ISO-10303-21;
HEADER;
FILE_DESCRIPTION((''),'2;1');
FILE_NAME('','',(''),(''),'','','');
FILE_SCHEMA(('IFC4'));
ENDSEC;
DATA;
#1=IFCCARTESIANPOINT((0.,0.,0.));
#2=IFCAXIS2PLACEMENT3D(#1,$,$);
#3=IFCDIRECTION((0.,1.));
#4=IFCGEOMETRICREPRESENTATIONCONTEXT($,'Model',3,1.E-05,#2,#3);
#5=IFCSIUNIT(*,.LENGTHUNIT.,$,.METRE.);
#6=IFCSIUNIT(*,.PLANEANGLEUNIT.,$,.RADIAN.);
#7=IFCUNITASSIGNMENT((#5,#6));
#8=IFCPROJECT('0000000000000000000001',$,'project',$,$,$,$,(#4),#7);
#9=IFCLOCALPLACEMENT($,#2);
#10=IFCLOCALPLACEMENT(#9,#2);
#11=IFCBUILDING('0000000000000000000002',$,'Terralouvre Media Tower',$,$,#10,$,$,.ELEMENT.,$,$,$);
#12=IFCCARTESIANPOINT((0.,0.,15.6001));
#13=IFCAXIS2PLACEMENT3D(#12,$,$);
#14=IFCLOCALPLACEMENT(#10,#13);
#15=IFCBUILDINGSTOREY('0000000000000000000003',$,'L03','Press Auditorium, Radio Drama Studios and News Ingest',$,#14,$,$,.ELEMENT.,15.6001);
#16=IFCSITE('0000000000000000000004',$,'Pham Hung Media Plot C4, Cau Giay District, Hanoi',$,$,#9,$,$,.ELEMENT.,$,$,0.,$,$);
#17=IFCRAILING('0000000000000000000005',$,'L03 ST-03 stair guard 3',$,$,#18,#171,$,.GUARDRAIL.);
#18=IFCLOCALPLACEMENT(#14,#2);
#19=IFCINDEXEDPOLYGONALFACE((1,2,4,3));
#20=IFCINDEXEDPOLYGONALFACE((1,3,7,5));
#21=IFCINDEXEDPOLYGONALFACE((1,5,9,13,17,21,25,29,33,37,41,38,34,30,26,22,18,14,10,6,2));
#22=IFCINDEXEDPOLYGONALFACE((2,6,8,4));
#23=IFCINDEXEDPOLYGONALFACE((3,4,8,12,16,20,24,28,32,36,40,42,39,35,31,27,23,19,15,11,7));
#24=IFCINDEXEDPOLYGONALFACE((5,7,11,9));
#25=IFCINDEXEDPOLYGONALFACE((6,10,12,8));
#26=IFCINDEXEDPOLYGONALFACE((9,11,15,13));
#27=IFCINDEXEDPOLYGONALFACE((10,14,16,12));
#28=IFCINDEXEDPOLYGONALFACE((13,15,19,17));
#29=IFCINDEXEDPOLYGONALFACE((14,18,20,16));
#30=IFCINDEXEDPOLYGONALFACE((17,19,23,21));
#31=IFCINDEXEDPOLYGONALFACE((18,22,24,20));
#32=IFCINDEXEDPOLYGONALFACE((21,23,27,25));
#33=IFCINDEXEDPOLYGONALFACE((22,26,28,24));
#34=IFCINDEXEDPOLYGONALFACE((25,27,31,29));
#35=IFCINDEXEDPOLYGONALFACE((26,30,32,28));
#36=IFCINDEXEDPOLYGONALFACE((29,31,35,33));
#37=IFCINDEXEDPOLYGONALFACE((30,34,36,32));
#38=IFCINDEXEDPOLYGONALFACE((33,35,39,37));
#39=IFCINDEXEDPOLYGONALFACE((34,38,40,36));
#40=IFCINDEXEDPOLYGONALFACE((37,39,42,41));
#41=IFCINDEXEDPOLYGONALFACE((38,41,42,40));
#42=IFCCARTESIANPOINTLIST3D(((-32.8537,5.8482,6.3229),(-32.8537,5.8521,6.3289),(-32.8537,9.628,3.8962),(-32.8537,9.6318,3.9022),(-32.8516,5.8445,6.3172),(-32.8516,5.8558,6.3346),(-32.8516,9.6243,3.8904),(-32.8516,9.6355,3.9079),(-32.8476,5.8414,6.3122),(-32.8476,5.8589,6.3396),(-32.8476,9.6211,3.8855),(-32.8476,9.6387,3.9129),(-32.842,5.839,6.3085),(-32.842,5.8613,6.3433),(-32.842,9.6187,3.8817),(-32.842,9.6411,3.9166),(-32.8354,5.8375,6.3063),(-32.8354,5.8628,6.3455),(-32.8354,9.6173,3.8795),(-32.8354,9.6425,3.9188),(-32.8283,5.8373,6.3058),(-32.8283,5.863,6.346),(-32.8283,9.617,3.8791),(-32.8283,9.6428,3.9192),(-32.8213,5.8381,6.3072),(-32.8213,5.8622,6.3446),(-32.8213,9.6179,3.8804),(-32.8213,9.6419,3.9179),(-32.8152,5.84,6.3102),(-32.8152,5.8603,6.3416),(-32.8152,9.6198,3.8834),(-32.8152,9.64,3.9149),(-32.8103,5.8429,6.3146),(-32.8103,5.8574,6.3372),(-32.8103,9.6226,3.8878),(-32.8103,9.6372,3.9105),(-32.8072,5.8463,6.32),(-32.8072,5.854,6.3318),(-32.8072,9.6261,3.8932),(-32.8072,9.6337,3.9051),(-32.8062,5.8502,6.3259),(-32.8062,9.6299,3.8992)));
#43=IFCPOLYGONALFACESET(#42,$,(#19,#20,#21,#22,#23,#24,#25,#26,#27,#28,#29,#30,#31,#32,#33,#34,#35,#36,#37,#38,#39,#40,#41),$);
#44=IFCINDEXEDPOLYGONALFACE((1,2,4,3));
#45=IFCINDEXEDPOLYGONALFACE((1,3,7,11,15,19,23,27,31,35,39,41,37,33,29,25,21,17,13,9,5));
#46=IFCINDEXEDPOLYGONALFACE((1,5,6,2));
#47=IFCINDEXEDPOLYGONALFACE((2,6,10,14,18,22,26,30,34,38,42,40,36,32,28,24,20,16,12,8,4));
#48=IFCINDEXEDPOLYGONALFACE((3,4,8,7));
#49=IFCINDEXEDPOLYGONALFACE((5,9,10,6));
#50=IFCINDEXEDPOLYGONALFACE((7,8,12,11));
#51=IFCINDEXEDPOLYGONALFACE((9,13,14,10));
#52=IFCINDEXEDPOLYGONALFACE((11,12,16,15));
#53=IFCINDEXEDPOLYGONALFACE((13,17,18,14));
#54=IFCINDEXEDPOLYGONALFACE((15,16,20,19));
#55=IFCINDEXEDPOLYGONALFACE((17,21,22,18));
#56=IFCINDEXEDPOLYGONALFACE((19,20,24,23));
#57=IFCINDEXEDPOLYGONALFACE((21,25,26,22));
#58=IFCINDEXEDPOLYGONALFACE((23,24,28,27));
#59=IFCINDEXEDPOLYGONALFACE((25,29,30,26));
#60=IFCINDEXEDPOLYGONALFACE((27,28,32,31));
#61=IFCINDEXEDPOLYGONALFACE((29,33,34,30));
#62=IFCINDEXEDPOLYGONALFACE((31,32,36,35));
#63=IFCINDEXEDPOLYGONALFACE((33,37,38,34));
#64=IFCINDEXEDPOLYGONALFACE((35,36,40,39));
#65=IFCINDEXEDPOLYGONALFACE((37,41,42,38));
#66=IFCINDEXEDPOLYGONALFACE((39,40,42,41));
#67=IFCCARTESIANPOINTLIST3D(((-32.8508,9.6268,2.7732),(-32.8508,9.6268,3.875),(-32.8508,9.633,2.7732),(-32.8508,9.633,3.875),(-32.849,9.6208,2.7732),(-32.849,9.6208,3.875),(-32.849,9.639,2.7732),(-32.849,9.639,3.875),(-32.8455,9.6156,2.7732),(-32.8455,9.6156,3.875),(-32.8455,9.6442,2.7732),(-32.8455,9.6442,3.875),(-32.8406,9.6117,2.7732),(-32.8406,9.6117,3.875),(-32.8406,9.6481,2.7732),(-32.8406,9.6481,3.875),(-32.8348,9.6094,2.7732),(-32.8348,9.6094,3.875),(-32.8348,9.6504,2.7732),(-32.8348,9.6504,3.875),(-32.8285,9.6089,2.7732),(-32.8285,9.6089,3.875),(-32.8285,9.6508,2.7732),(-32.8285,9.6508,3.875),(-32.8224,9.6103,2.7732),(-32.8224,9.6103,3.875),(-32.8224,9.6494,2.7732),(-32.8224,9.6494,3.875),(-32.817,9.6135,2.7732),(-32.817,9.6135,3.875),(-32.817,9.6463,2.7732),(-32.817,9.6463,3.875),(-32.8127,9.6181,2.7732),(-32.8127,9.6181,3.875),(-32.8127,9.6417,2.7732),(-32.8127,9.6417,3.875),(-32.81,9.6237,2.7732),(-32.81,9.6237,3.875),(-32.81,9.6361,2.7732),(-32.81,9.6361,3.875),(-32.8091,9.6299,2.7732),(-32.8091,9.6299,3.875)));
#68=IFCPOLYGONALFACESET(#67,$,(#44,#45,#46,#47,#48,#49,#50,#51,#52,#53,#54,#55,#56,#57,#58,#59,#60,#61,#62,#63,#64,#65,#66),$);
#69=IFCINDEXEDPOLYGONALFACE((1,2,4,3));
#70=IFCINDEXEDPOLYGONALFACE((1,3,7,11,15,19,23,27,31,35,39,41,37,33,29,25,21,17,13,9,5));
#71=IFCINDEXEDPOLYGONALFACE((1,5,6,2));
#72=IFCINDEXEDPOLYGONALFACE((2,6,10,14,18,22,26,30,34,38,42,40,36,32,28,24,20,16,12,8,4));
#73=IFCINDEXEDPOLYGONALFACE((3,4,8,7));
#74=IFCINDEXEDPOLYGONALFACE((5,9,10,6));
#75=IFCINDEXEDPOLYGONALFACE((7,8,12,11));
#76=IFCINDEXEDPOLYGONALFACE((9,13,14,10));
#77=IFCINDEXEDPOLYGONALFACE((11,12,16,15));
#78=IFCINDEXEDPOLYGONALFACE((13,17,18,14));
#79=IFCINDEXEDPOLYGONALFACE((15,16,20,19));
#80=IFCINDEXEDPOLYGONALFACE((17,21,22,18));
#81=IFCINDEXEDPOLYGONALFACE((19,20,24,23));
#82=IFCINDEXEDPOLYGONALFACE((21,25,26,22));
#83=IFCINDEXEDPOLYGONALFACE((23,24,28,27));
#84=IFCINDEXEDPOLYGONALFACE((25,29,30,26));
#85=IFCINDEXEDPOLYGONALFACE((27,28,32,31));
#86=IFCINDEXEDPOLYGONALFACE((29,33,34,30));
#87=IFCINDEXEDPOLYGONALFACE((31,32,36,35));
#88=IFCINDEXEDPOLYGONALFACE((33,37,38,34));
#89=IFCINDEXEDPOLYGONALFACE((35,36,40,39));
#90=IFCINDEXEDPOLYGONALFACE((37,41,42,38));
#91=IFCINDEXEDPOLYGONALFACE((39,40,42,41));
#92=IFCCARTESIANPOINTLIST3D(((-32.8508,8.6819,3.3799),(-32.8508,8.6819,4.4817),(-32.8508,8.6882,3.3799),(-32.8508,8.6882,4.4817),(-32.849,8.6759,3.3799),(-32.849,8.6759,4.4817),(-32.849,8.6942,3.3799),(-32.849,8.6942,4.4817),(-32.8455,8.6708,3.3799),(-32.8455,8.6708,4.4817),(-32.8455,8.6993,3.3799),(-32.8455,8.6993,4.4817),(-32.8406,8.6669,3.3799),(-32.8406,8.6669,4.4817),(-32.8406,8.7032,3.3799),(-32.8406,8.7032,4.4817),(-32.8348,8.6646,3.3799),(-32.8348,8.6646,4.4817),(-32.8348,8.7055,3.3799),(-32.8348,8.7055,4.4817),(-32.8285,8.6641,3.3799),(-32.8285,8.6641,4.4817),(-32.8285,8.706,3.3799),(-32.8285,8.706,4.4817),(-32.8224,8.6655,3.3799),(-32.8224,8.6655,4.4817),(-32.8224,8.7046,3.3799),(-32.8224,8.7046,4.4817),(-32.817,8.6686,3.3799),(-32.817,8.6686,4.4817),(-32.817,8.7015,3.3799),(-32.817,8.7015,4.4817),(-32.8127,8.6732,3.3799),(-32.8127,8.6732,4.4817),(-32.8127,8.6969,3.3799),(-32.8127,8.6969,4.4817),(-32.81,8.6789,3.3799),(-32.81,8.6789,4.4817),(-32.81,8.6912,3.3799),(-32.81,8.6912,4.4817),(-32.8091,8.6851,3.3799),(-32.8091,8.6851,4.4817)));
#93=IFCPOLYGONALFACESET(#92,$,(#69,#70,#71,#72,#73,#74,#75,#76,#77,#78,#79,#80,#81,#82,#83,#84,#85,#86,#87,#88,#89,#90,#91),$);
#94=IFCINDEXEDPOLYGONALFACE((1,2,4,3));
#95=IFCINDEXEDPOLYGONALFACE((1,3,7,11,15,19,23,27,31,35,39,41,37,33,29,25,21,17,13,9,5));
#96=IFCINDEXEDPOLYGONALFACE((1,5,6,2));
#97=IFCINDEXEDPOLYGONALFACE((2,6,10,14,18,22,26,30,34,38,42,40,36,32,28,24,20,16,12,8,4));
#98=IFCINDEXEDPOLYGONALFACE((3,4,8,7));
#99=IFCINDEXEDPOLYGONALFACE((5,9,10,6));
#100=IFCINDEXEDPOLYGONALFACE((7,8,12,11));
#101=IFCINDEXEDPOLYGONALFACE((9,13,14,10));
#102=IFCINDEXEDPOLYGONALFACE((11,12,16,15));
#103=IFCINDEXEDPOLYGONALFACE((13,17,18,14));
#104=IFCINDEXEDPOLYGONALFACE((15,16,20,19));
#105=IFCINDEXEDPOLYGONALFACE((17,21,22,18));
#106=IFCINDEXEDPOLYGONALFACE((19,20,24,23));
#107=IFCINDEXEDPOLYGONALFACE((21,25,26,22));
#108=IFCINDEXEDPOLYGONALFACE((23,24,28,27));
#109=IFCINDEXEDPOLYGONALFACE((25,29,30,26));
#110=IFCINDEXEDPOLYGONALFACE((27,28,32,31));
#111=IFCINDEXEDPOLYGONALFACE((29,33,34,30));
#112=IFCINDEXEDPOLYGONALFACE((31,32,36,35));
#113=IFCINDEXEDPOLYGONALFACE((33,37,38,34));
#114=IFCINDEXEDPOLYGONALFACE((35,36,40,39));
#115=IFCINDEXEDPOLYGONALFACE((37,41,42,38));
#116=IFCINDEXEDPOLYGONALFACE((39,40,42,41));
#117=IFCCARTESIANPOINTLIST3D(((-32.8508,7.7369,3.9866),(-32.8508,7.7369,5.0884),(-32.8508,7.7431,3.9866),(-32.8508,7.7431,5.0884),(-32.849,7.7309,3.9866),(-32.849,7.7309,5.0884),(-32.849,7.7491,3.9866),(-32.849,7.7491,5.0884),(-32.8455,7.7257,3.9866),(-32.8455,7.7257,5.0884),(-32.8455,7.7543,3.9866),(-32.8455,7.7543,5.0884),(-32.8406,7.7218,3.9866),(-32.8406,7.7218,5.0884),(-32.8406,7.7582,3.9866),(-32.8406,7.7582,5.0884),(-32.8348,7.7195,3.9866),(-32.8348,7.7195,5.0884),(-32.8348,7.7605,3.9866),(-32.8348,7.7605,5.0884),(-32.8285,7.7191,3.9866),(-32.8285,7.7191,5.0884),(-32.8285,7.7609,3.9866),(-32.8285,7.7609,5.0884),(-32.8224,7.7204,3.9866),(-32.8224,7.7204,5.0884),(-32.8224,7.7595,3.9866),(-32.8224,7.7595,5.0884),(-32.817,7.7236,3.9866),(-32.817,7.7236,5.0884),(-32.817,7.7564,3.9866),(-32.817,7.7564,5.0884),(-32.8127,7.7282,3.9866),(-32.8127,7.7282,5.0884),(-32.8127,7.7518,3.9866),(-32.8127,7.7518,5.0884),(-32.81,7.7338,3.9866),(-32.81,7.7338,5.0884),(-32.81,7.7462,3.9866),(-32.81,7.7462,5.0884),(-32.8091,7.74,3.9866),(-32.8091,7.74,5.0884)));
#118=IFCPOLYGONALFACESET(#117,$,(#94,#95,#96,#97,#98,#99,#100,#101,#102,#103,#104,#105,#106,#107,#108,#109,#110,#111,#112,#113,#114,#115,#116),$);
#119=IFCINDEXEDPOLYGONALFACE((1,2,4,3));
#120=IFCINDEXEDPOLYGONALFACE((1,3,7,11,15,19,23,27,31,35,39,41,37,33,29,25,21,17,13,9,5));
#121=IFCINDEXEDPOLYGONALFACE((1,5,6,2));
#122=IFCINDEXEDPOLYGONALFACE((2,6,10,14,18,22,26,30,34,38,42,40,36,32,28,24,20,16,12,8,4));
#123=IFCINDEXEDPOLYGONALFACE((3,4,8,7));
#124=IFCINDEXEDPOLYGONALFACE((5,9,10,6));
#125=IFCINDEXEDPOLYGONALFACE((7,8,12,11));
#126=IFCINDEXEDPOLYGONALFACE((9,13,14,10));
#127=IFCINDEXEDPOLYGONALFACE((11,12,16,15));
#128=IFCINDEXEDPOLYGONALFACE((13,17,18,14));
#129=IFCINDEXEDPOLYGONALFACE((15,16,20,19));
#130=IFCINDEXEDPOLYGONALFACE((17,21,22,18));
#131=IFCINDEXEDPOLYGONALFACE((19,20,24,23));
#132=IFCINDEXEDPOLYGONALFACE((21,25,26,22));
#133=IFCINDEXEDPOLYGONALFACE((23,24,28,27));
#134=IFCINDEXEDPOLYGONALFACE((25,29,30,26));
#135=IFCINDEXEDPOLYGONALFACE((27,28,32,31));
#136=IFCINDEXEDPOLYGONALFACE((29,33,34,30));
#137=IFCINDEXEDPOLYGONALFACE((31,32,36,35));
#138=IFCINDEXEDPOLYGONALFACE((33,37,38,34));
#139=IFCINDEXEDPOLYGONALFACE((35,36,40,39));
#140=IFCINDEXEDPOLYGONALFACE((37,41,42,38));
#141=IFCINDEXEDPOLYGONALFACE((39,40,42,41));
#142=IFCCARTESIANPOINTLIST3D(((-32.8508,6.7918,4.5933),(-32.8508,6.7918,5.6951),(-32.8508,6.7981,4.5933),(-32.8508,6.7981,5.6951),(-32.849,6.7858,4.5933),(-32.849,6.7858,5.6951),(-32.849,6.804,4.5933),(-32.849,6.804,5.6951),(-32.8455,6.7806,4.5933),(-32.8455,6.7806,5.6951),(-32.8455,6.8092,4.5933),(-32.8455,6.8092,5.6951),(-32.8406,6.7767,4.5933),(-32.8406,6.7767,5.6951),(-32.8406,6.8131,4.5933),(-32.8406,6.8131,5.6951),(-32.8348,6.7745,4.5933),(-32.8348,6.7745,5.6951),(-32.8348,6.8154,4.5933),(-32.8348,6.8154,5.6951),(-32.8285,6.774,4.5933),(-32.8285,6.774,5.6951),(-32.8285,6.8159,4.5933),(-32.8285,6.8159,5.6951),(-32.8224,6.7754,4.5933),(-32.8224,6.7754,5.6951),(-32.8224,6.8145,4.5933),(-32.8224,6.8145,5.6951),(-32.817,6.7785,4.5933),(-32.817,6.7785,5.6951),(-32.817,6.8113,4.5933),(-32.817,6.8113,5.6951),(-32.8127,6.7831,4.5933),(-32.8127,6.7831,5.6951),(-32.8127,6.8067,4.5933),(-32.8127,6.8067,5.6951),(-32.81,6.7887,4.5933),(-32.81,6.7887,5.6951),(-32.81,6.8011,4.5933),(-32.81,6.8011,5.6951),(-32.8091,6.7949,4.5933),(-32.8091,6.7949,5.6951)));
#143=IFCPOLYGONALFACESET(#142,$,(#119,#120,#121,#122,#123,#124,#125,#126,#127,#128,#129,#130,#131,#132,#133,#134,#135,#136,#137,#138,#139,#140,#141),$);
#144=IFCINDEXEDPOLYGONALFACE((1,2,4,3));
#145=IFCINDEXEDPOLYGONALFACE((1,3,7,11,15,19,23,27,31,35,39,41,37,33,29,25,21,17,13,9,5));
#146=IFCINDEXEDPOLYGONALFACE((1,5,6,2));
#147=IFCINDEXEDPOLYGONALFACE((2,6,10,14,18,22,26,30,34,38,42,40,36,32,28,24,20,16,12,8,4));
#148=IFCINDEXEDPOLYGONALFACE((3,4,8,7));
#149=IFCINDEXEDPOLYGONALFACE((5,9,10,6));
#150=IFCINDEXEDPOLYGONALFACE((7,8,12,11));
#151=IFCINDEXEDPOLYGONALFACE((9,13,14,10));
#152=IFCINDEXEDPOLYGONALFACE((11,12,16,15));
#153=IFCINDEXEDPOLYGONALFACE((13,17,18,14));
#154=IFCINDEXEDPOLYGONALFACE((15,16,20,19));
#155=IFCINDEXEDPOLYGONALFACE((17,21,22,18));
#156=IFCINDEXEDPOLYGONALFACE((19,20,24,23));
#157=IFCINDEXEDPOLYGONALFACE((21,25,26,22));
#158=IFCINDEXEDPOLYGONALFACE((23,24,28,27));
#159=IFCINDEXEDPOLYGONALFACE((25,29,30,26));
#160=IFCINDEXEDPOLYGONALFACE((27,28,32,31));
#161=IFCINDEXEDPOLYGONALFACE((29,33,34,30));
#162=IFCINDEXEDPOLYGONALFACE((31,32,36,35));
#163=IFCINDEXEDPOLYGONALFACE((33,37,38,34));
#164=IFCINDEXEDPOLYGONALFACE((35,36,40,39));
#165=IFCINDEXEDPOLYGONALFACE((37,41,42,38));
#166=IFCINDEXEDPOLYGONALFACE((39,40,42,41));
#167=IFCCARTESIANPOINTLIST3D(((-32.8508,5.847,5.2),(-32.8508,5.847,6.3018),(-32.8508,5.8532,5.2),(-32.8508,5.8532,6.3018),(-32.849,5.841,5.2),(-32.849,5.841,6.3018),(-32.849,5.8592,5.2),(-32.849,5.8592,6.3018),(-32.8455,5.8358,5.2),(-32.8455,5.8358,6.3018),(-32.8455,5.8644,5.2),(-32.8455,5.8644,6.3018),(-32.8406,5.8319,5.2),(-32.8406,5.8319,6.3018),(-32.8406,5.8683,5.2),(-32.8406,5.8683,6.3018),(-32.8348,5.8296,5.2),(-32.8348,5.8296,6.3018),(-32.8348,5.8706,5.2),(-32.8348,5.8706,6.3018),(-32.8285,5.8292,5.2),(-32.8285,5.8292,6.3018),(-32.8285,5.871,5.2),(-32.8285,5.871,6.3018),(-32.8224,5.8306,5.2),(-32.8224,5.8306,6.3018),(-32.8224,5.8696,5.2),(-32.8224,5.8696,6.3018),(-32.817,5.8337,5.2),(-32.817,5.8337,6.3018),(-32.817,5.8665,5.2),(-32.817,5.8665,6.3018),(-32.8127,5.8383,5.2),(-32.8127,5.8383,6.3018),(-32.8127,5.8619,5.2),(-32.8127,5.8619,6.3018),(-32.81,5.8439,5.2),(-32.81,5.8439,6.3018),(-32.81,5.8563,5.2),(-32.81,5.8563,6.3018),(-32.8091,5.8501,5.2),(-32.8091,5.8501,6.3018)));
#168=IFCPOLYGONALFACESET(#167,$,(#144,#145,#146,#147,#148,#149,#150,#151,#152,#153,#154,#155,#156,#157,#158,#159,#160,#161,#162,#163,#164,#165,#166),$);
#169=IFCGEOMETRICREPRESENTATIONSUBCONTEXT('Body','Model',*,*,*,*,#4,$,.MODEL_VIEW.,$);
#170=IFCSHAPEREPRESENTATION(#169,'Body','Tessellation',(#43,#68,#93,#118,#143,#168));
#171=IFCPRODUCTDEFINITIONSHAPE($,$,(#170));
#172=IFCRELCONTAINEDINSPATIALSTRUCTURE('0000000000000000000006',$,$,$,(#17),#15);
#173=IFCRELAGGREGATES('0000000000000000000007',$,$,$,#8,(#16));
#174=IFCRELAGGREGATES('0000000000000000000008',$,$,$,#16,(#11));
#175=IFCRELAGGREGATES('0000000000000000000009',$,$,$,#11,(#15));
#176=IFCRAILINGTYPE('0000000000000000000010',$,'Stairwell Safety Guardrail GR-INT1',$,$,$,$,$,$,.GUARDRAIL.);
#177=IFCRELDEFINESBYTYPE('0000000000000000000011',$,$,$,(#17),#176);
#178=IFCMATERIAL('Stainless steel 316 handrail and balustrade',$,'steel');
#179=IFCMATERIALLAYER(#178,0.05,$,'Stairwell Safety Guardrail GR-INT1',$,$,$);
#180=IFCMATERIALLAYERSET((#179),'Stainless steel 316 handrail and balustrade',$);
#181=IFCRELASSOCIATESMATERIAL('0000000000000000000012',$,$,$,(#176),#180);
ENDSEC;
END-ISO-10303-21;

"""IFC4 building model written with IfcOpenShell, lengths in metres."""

from ifc_helpers import new_model, si_unit, direction, frame, origin, origin_2d, place, context, subcontext, project, spatial, circle, extrude, material, layer, layer_set, type_object, element, save


model = new_model("IFC4")

# Units and contexts
model_context = context("Model", 3, precision=1e-05, world=origin(), true_north=direction((0.0, 1.0)))
body_context = subcontext(model_context, "Body", "Model", "MODEL_VIEW")
ifc_project = project(units=[si_unit("LENGTHUNIT", "METRE"), si_unit("PLANEANGLEUNIT", "RADIAN")], contexts=[model_context])

# Site, building, storey
site_placement = place(None, origin())
site = spatial("IfcSite", under=ifc_project, at=site_placement, Name="Pham Hung Media Plot C4, Cau Giay District, Hanoi", CompositionType="ELEMENT", RefElevation=0.0)
building_placement = place(site_placement, origin())
building = spatial("IfcBuilding", under=site, at=building_placement, Name="Terralouvre Media Tower", CompositionType="ELEMENT")
storey_placement = place(building_placement, frame((0.0, 0.0, 15.6001)))
storey = spatial("IfcBuildingStorey", under=building, at=storey_placement, Name="L03", Description="Press Auditorium, Radio Drama Studios and News Ingest", CompositionType="ELEMENT", Elevation=15.6001)

# Railing
ifc_material_1 = material(Name="Stainless steel 316 handrail and balustrade", Category="steel")
ifc_layer_1 = layer(ifc_material_1, 0.05, Name="Stairwell Safety Guardrail GR-INT1")
ifc_layer_set_1 = layer_set([ifc_layer_1], Name="Stainless steel 316 handrail and balustrade")
railing_type_1 = type_object("IfcRailingType", Name="Stairwell Safety Guardrail GR-INT1", PredefinedType="GUARDRAIL", material=ifc_layer_set_1)
railing_1_placement = place(storey_placement, frame((-32.8301, 9.6299, 2.7732)))
element("IfcRailing", 1, at=railing_1_placement, inside=storey, type_object=railing_type_1, Name="L03 ST-03 stair guard 3", PredefinedType="GUARDRAIL", context=body_context, shape_type="SweptSolid", body=[
    extrude(circle(Radius=0.0239, at=origin_2d()), frame((0.0, 0.0, 1.126), z_axis=(0.0, -0.841493, 0.540269), x_axis=(1.0, 0.0, 0.0)), (0.0, 0.0, 1.0), 4.4917),
    extrude(circle(Radius=0.021, at=origin_2d()), origin(), (0.0, 0.0, 1.0), 1.1018),
    extrude(circle(Radius=0.021, at=origin_2d()), frame((0.0, -0.9448, 0.6067)), (0.0, 0.0, 1.0), 1.1018),
    extrude(circle(Radius=0.021, at=origin_2d()), frame((0.0, -1.8899, 1.2134)), (0.0, 0.0, 1.0), 1.1018),
    extrude(circle(Radius=0.021, at=origin_2d()), frame((0.0, -2.835, 1.8201)), (0.0, 0.0, 1.0), 1.1018),
    extrude(circle(Radius=0.021, at=origin_2d()), frame((0.0, -3.7798, 2.4268)), (0.0, 0.0, 1.0), 1.1018),
])

save(model, "model.ifc")
